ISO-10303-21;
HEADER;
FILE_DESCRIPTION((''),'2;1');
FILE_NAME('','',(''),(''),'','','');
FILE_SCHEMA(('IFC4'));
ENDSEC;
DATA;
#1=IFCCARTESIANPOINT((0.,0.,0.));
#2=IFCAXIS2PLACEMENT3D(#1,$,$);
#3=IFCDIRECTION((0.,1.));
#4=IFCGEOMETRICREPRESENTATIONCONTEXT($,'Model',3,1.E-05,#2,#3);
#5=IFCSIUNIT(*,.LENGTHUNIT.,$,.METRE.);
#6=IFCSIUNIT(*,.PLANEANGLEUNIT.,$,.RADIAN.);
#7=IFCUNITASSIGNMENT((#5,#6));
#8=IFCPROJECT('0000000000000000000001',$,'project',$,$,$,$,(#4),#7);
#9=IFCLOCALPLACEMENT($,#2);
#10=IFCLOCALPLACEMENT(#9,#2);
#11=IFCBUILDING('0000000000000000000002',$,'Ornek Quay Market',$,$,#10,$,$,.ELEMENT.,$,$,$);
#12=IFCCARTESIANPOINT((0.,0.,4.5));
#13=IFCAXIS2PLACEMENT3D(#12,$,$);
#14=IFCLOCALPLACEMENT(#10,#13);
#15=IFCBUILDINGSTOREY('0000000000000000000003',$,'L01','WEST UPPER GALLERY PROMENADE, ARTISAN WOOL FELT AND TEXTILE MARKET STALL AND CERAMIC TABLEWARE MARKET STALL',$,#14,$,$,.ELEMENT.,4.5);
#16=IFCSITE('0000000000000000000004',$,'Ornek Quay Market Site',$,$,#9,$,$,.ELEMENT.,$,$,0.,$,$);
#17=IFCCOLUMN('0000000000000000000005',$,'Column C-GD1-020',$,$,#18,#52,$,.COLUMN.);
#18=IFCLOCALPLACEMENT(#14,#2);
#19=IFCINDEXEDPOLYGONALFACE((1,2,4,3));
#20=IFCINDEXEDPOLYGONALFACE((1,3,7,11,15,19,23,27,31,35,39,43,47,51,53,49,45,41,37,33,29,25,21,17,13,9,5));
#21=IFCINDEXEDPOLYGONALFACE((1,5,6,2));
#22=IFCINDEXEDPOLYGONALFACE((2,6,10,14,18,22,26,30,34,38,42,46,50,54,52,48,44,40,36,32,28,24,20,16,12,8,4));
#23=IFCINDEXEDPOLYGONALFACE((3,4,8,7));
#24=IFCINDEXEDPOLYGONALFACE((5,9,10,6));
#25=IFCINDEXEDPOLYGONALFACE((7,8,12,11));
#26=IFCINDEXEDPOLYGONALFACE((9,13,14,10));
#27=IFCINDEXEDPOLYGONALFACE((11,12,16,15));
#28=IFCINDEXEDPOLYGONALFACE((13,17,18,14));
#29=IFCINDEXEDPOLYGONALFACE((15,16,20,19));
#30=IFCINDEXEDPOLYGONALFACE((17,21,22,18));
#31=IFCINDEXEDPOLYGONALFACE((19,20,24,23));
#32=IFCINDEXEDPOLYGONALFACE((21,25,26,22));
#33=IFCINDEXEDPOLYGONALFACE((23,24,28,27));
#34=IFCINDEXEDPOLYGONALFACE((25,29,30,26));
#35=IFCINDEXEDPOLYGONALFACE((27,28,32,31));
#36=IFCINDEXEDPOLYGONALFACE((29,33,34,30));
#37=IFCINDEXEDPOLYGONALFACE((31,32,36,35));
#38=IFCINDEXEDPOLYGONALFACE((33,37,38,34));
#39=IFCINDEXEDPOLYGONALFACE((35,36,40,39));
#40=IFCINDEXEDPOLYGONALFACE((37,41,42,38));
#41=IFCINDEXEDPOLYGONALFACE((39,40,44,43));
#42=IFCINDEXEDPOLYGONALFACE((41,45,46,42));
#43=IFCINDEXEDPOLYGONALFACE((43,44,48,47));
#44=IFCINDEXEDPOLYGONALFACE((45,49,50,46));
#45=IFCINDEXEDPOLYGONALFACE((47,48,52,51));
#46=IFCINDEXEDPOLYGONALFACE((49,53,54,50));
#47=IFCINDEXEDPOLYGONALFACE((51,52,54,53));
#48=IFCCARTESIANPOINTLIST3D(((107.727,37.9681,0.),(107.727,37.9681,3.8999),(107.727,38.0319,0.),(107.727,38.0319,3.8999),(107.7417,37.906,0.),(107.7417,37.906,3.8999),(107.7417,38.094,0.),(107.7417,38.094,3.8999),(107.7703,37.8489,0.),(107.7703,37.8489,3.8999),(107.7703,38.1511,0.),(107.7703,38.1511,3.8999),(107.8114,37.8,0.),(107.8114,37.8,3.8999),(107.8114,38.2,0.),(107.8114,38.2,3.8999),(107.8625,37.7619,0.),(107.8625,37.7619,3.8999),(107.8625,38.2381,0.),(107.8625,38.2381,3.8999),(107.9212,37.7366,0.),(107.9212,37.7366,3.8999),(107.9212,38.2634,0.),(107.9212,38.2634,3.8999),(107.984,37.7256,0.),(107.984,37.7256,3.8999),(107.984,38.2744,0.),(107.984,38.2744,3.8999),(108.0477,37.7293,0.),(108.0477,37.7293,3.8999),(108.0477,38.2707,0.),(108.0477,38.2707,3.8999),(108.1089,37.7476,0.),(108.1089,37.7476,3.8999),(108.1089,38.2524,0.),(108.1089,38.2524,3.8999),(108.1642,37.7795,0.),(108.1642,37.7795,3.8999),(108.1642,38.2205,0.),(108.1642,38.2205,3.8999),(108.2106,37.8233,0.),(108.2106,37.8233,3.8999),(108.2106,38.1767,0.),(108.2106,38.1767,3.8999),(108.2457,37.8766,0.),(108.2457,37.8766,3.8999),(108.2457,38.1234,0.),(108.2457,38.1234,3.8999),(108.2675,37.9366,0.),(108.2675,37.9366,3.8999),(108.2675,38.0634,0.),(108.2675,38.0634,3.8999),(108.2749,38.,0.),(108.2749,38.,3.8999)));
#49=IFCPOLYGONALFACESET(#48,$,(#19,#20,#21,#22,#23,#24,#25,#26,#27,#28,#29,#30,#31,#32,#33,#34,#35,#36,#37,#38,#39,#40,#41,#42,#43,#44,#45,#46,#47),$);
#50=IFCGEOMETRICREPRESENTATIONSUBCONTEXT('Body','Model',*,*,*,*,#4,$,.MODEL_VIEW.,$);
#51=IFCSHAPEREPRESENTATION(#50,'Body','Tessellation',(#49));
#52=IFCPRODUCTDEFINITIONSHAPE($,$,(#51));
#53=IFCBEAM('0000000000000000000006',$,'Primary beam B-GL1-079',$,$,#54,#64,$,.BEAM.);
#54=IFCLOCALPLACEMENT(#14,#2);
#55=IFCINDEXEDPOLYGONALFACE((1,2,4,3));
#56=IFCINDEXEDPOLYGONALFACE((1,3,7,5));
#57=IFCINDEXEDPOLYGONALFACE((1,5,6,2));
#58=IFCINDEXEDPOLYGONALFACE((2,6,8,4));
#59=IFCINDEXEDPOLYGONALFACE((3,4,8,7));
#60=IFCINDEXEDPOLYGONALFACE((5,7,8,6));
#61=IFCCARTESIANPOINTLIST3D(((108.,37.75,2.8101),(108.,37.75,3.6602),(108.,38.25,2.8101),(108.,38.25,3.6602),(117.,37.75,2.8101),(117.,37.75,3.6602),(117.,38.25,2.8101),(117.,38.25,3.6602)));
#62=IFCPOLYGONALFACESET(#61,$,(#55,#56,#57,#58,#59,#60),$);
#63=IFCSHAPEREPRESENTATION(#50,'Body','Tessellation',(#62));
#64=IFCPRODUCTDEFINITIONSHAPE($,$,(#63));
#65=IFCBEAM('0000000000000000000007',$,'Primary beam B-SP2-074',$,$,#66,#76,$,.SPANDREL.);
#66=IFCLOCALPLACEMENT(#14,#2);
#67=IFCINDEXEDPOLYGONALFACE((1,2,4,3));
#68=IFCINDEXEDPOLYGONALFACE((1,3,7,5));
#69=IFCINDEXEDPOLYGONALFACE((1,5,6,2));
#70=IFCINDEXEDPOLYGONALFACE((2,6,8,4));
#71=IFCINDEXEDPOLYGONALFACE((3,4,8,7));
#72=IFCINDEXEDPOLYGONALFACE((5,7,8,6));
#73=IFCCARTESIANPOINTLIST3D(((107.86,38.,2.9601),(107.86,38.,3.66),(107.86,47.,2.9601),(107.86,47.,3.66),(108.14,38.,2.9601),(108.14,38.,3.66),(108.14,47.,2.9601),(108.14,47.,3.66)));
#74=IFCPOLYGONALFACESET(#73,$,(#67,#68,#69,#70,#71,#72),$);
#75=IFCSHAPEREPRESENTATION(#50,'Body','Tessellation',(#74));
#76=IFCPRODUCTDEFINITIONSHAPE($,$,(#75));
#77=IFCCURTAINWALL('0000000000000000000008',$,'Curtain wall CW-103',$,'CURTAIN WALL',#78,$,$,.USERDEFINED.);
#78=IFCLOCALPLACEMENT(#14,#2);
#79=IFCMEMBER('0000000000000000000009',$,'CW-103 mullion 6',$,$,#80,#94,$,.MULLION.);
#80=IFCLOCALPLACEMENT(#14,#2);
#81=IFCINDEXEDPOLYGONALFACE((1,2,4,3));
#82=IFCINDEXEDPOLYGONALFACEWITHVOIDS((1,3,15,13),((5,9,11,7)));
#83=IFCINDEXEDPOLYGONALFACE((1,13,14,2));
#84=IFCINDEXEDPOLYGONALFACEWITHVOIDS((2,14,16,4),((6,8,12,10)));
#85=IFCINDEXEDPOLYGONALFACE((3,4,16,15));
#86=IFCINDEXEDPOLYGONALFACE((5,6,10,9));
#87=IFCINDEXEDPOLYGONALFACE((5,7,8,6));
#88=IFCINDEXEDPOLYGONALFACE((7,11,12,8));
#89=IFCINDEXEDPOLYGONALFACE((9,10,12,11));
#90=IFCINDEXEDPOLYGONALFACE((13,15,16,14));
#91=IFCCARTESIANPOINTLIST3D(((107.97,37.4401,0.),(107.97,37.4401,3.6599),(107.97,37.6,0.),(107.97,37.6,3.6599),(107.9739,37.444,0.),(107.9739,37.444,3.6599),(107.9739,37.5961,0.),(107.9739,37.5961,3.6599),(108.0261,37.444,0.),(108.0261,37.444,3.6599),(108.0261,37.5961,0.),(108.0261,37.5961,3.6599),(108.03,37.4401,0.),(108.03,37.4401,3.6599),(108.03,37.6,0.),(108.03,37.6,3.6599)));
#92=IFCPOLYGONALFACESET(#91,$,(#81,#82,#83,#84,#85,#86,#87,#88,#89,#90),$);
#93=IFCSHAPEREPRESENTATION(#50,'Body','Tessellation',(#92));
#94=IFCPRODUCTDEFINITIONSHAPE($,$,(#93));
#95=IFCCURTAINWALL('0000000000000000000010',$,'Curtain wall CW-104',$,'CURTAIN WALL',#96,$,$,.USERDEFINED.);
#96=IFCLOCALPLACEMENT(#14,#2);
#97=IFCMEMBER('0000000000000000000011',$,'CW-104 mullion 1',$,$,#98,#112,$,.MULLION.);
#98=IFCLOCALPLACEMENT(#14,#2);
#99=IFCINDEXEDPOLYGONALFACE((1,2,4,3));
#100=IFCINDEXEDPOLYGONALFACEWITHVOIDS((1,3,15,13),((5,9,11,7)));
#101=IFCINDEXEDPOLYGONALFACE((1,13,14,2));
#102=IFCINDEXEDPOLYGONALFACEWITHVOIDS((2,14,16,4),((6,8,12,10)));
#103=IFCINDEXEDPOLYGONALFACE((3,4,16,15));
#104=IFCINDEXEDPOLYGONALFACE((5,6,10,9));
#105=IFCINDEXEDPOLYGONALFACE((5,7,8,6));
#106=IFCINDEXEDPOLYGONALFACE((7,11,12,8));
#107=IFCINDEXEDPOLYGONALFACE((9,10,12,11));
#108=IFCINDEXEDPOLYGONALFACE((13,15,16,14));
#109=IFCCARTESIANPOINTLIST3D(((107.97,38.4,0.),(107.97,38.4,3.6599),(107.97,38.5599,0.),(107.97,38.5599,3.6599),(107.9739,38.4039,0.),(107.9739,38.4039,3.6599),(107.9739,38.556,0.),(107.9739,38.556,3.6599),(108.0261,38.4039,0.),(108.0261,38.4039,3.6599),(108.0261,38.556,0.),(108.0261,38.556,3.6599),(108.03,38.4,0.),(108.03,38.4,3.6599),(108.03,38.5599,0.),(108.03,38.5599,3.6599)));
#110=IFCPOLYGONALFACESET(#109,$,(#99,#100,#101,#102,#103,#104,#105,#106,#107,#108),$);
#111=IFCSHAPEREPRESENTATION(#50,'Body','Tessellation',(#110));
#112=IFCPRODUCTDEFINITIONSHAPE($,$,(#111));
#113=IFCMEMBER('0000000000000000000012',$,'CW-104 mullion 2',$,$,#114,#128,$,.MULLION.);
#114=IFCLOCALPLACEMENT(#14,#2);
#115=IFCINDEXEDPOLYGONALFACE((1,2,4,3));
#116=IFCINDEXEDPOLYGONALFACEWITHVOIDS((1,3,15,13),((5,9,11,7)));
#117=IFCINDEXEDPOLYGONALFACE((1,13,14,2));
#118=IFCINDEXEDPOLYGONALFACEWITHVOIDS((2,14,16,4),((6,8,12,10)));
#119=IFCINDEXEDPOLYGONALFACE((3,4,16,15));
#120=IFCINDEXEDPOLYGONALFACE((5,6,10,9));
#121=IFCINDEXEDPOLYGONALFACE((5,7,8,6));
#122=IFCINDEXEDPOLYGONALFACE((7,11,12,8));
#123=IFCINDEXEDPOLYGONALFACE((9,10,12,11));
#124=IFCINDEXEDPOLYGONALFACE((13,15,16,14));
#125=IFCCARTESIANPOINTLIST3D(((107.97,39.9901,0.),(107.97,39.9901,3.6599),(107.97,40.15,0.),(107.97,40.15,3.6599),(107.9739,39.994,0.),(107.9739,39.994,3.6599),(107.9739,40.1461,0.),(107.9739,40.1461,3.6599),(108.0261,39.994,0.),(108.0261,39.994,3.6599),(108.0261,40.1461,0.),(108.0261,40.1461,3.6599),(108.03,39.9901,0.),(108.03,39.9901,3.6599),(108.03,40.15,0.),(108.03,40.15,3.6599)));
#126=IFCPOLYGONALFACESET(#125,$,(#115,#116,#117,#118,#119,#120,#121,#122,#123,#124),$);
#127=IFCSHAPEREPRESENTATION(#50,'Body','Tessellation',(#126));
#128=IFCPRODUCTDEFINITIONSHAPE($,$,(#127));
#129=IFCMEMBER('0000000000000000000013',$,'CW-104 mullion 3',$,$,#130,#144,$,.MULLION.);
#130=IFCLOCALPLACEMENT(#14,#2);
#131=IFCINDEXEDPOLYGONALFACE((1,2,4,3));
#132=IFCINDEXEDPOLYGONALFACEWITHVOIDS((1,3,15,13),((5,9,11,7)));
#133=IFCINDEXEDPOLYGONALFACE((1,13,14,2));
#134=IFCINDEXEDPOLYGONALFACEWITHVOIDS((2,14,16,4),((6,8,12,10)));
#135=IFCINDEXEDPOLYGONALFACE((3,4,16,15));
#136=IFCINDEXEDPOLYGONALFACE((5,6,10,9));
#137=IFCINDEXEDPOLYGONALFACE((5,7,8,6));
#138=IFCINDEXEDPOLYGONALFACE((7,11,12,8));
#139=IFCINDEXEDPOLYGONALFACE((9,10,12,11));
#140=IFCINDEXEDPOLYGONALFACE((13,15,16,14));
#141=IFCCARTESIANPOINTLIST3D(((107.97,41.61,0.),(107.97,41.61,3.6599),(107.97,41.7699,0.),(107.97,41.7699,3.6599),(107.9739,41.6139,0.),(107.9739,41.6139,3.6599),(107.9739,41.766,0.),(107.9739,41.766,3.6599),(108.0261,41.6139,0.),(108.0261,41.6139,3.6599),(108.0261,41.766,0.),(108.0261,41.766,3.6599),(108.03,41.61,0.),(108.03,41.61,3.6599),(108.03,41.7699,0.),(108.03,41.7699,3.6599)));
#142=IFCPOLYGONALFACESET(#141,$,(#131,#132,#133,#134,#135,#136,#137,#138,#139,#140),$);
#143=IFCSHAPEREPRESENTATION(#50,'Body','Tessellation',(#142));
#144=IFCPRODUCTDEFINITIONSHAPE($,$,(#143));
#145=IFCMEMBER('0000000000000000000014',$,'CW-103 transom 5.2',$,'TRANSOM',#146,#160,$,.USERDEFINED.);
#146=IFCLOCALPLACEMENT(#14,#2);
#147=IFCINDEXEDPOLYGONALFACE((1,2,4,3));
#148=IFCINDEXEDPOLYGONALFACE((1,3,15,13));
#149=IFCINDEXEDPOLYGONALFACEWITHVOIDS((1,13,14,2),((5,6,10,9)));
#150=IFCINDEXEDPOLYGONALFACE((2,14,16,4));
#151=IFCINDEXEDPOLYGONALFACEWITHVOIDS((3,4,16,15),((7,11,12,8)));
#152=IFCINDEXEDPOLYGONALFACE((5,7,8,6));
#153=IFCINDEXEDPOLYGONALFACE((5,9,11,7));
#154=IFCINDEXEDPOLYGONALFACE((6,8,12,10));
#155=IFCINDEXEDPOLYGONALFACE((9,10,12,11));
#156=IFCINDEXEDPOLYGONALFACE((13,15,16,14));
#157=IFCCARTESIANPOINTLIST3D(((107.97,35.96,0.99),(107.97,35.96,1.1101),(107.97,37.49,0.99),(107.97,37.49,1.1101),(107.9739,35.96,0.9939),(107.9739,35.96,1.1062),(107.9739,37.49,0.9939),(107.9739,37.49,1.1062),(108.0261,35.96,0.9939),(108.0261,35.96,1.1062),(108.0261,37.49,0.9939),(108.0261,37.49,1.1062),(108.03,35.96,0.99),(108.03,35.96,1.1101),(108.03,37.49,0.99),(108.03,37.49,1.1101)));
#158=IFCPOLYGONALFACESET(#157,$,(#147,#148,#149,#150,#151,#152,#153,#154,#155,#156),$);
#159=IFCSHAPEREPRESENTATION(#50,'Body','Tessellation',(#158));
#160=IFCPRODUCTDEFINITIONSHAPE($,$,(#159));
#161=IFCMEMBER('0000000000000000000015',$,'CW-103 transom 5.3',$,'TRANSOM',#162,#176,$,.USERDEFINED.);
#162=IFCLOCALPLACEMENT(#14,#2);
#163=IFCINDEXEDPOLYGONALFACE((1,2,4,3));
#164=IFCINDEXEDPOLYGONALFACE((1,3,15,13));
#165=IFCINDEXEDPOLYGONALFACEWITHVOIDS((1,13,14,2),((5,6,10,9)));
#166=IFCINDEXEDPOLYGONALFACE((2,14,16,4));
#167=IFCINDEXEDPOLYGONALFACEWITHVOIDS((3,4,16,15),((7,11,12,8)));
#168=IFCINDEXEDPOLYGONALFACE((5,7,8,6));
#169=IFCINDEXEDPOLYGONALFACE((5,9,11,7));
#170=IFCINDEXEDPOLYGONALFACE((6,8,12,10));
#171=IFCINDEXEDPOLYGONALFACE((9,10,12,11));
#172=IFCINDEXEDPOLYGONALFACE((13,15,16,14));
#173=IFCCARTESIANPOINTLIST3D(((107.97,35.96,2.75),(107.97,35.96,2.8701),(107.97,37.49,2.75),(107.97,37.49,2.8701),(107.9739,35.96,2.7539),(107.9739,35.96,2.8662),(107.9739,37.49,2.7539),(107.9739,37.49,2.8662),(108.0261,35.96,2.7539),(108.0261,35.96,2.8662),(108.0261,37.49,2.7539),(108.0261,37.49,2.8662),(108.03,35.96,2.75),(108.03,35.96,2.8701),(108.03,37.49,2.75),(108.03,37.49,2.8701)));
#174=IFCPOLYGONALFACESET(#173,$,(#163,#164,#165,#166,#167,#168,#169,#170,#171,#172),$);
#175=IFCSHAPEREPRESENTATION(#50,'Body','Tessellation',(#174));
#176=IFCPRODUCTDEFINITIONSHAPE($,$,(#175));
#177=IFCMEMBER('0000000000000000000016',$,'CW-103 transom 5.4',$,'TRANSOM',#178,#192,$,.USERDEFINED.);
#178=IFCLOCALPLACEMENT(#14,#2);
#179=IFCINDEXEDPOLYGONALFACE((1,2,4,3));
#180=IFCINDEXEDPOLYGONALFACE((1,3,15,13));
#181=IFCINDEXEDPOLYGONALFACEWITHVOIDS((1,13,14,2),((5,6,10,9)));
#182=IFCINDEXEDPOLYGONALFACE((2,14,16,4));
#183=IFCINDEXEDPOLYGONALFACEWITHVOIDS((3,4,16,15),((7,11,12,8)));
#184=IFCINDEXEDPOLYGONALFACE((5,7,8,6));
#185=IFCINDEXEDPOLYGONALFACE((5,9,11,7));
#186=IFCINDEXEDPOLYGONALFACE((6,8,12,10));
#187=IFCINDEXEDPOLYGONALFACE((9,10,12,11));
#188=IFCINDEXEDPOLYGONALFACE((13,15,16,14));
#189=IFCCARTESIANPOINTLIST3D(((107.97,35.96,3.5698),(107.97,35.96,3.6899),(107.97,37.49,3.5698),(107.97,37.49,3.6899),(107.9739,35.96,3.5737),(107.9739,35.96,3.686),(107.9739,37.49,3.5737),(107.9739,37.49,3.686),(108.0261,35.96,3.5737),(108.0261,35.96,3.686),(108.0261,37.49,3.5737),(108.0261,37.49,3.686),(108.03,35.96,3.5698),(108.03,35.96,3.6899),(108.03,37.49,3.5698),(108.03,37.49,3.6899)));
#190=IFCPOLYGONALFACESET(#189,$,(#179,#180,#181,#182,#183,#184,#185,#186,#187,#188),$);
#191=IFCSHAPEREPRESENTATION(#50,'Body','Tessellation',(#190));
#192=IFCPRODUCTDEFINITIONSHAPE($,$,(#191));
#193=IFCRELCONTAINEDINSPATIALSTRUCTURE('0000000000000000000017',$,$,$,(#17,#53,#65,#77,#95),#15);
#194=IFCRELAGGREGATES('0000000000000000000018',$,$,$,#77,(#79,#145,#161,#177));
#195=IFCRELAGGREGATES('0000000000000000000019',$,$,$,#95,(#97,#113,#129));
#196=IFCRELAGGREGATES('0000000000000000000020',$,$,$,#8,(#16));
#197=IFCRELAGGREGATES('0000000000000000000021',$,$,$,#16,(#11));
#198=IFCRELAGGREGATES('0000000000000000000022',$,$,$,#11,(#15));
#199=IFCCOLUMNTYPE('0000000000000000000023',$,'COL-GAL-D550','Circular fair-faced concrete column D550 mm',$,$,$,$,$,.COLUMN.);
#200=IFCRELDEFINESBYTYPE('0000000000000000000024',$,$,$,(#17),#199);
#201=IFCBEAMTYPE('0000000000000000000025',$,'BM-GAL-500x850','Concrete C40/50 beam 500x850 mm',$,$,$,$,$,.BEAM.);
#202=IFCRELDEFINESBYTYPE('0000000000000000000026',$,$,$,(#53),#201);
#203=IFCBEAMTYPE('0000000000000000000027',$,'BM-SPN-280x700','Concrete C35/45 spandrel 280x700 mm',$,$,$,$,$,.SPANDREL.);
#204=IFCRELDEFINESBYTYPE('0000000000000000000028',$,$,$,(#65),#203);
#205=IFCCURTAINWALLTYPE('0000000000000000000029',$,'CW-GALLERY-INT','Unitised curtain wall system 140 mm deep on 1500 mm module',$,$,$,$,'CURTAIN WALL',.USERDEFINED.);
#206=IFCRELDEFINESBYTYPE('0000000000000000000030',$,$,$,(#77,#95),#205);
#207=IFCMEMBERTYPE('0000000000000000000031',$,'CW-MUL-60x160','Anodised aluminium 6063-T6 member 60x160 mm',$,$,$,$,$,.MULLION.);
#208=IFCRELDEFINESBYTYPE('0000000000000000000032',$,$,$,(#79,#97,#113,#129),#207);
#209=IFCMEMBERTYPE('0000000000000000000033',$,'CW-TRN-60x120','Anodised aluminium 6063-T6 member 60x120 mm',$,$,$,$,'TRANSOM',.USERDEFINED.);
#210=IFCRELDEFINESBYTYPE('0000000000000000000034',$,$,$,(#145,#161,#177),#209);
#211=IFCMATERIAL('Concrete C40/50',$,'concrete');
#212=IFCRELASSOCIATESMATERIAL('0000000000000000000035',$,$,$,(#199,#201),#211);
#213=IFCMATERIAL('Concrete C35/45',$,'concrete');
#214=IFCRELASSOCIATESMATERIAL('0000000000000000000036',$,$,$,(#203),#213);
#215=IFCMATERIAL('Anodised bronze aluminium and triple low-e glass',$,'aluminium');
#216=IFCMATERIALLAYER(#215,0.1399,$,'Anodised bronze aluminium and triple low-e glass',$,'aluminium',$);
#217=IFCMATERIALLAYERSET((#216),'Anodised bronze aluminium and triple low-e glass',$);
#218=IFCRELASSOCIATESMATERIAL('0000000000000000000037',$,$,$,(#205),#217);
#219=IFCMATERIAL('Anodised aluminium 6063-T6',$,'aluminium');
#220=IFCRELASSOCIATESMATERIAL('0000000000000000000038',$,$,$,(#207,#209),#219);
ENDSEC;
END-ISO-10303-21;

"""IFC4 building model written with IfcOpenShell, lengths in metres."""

from ifc_helpers import new_model, si_unit, direction, frame, origin, origin_2d, place, context, subcontext, project, spatial, rectangle, hollow_rectangle, circle, extrude, material, layer, layer_set, material_profile, profile_set, type_object, element, aggregate, save


model = new_model("IFC4")

# Units and contexts
model_context = context("Model", 3, precision=1e-05, world=origin(), true_north=direction((0.0, 1.0)))
body_context = subcontext(model_context, "Body", "Model", "MODEL_VIEW")
ifc_project = project(units=[si_unit("LENGTHUNIT", "METRE"), si_unit("PLANEANGLEUNIT", "RADIAN")], contexts=[model_context])

# Site, building, storey
site_placement = place(None, origin())
site = spatial("IfcSite", under=ifc_project, at=site_placement, Name="Ornek Quay Market Site", CompositionType="ELEMENT", RefElevation=0.0)
building_placement = place(site_placement, origin())
building = spatial("IfcBuilding", under=site, at=building_placement, Name="Ornek Quay Market", CompositionType="ELEMENT")
storey_placement = place(building_placement, frame((0.0, 0.0, 4.5)))
storey = spatial("IfcBuildingStorey", under=building, at=storey_placement, Name="L01", Description="WEST UPPER GALLERY PROMENADE, ARTISAN WOOL FELT AND TEXTILE MARKET STALL AND CERAMIC TABLEWARE MARKET STALL", CompositionType="ELEMENT", Elevation=4.5)

# Column
ifc_material_1 = material(Name="Concrete C40/50", Category="concrete")
ifc_material_profile_1 = material_profile(ifc_material_1, circle(Radius=0.2749, at=origin_2d()), Name="RC D550", Category="concrete")
ifc_profile_set_1 = profile_set([ifc_material_profile_1], Name="Concrete C40/50")
column_type = type_object("IfcColumnType", Name="COL-GAL-D550", Description="Circular fair-faced concrete column D550 mm", PredefinedType="COLUMN", material=ifc_profile_set_1)
column_placement = place(storey_placement, frame((108.0, 38.0, 0.0), z_axis=(0.0, 0.0, 1.0), x_axis=(1.0, 0.0, 0.0)))
element("IfcColumn", 1, at=column_placement, inside=storey, type_object=column_type, Name="Column C-GD1-020", PredefinedType="COLUMN", context=body_context, shape_type="SweptSolid", body=[
    extrude(circle(Radius=0.2749, at=origin_2d()), origin(), (0.0, 0.0, 1.0), 3.8999),
])

# Beams
ifc_material_profile_2 = material_profile(ifc_material_1, rectangle(XDim=0.5, YDim=0.8501, at=origin_2d()), Name="RC 500x850", Category="concrete")
ifc_profile_set_2 = profile_set([ifc_material_profile_2], Name="Concrete C40/50")
beam_type_1 = type_object("IfcBeamType", Name="BM-GAL-500x850", Description="Concrete C40/50 beam 500x850 mm", PredefinedType="BEAM", material=ifc_profile_set_2)
beam_1_placement = place(storey_placement, frame((108.0, 38.0, 3.2351), z_axis=(1.0, 0.0, 0.0), x_axis=(0.0, 1.0, 0.0)))
element("IfcBeam", 2, at=beam_1_placement, inside=storey, type_object=beam_type_1, Name="Primary beam B-GL1-079", PredefinedType="BEAM", context=body_context, shape_type="SweptSolid", body=[
    extrude(rectangle(XDim=0.5, YDim=0.8501, at=origin_2d()), origin(), (0.0, 0.0, 1.0), 9.0),
])
ifc_material_2 = material(Name="Concrete C35/45", Category="concrete")
ifc_material_profile_3 = material_profile(ifc_material_2, rectangle(XDim=0.28, YDim=0.7, at=origin_2d()), Name="RC 280x700", Category="concrete")
ifc_profile_set_3 = profile_set([ifc_material_profile_3], Name="Concrete C35/45")
beam_type_2 = type_object("IfcBeamType", Name="BM-SPN-280x700", Description="Concrete C35/45 spandrel 280x700 mm", PredefinedType="SPANDREL", material=ifc_profile_set_3)
beam_2_placement = place(storey_placement, frame((108.0, 38.0, 3.3101), z_axis=(0.0, 1.0, 0.0), x_axis=(-1.0, 0.0, 0.0)))
element("IfcBeam", 3, at=beam_2_placement, inside=storey, type_object=beam_type_2, Name="Primary beam B-SP2-074", PredefinedType="SPANDREL", context=body_context, shape_type="SweptSolid", body=[
    extrude(rectangle(XDim=0.28, YDim=0.7, at=origin_2d()), origin(), (0.0, 0.0, 1.0), 9.0),
])

# Curtain wall, member
ifc_material_3 = material(Name="Anodised bronze aluminium and triple low-e glass", Category="aluminium")
ifc_layer_1 = layer(ifc_material_3, 0.1399, Name="Anodised bronze aluminium and triple low-e glass", Category="aluminium")
ifc_layer_set_1 = layer_set([ifc_layer_1], Name="Anodised bronze aluminium and triple low-e glass")
curtain_wall_type = type_object("IfcCurtainWallType", Name="CW-GALLERY-INT", Description="Unitised curtain wall system 140 mm deep on 1500 mm module", ElementType="CURTAIN WALL", PredefinedType="USERDEFINED", material=ifc_layer_set_1)
curtain_wall_1_placement = place(storey_placement, origin())
curtain_wall_1 = element("IfcCurtainWall", 4, at=curtain_wall_1_placement, inside=storey, type_object=curtain_wall_type, Name="Curtain wall CW-103", ObjectType="CURTAIN WALL", PredefinedType="USERDEFINED")
ifc_material_4 = material(Name="Anodised aluminium 6063-T6", Category="aluminium")
ifc_material_profile_4 = material_profile(ifc_material_4, hollow_rectangle(XDim=0.0601, YDim=0.1599, WallThickness=0.0039, at=origin_2d()), Name="CW-MUL-60x160", Category="aluminium")
ifc_profile_set_4 = profile_set([ifc_material_profile_4], Name="Anodised aluminium 6063-T6")
member_type_1 = type_object("IfcMemberType", Name="CW-MUL-60x160", Description="Anodised aluminium 6063-T6 member 60x160 mm", PredefinedType="MULLION", material=ifc_profile_set_4)
member_1_placement = place(storey_placement, frame((108.0, 37.52, 0.0), z_axis=(0.0, 0.0, 1.0), x_axis=(-1.0, 0.0, 0.0)))
member_1 = element("IfcMember", 5, at=member_1_placement, type_object=member_type_1, Name="CW-103 mullion 6", PredefinedType="MULLION", context=body_context, shape_type="SweptSolid", body=[
    extrude(hollow_rectangle(XDim=0.0601, YDim=0.1599, WallThickness=0.0039, at=origin_2d()), origin(), (0.0, 0.0, 1.0), 3.6599),
])

# Curtain wall, members
curtain_wall_2_placement = place(storey_placement, origin())
curtain_wall_2 = element("IfcCurtainWall", 6, at=curtain_wall_2_placement, inside=storey, type_object=curtain_wall_type, Name="Curtain wall CW-104", ObjectType="CURTAIN WALL", PredefinedType="USERDEFINED")
member_2_placement = place(storey_placement, frame((108.0, 38.48, 0.0), z_axis=(0.0, 0.0, 1.0), x_axis=(-1.0, 0.0, 0.0)))
member_2 = element("IfcMember", 7, at=member_2_placement, type_object=member_type_1, Name="CW-104 mullion 1", PredefinedType="MULLION", context=body_context, shape_type="SweptSolid", body=[
    extrude(hollow_rectangle(XDim=0.0601, YDim=0.1599, WallThickness=0.0039, at=origin_2d()), origin(), (0.0, 0.0, 1.0), 3.6599),
])
member_3_placement = place(storey_placement, frame((108.0, 40.0701, 0.0), z_axis=(0.0, 0.0, 1.0), x_axis=(-1.0, 0.0, 0.0)))
member_3 = element("IfcMember", 8, at=member_3_placement, type_object=member_type_1, Name="CW-104 mullion 2", PredefinedType="MULLION", context=body_context, shape_type="SweptSolid", body=[
    extrude(hollow_rectangle(XDim=0.0601, YDim=0.1599, WallThickness=0.0039, at=origin_2d()), origin(), (0.0, 0.0, 1.0), 3.6599),
])
member_4_placement = place(storey_placement, frame((108.0, 41.6899, 0.0), z_axis=(0.0, 0.0, 1.0), x_axis=(-1.0, 0.0, 0.0)))
member_4 = element("IfcMember", 9, at=member_4_placement, type_object=member_type_1, Name="CW-104 mullion 3", PredefinedType="MULLION", context=body_context, shape_type="SweptSolid", body=[
    extrude(hollow_rectangle(XDim=0.0601, YDim=0.1599, WallThickness=0.0039, at=origin_2d()), origin(), (0.0, 0.0, 1.0), 3.6599),
])

# Members
ifc_material_profile_5 = material_profile(ifc_material_4, hollow_rectangle(XDim=0.0601, YDim=0.1201, WallThickness=0.0039, at=origin_2d()), Name="CW-TRN-60x120", Category="aluminium")
ifc_profile_set_5 = profile_set([ifc_material_profile_5], Name="Anodised aluminium 6063-T6")
member_type_2 = type_object("IfcMemberType", Name="CW-TRN-60x120", Description="Anodised aluminium 6063-T6 member 60x120 mm", ElementType="TRANSOM", PredefinedType="USERDEFINED", material=ifc_profile_set_5)
member_5_placement = place(storey_placement, frame((108.0, 35.96, 1.05), z_axis=(0.0, 1.0, 0.0), x_axis=(-1.0, 0.0, 0.0)))
member_5 = element("IfcMember", 10, at=member_5_placement, type_object=member_type_2, Name="CW-103 transom 5.2", ObjectType="TRANSOM", PredefinedType="USERDEFINED", context=body_context, shape_type="SweptSolid", body=[
    extrude(hollow_rectangle(XDim=0.0601, YDim=0.1201, WallThickness=0.0039, at=origin_2d()), origin(), (0.0, 0.0, 1.0), 1.53),
])
member_6_placement = place(storey_placement, frame((108.0, 35.96, 2.8101), z_axis=(0.0, 1.0, 0.0), x_axis=(-1.0, 0.0, 0.0)))
member_6 = element("IfcMember", 11, at=member_6_placement, type_object=member_type_2, Name="CW-103 transom 5.3", ObjectType="TRANSOM", PredefinedType="USERDEFINED", context=body_context, shape_type="SweptSolid", body=[
    extrude(hollow_rectangle(XDim=0.0601, YDim=0.1201, WallThickness=0.0039, at=origin_2d()), origin(), (0.0, 0.0, 1.0), 1.53),
])
member_7_placement = place(storey_placement, frame((108.0, 35.96, 3.6299), z_axis=(0.0, 1.0, 0.0), x_axis=(-1.0, 0.0, 0.0)))
member_7 = element("IfcMember", 12, at=member_7_placement, type_object=member_type_2, Name="CW-103 transom 5.4", ObjectType="TRANSOM", PredefinedType="USERDEFINED", context=body_context, shape_type="SweptSolid", body=[
    extrude(hollow_rectangle(XDim=0.0601, YDim=0.1201, WallThickness=0.0039, at=origin_2d()), origin(), (0.0, 0.0, 1.0), 1.53),
])

aggregate(curtain_wall_1, [member_1, member_5, member_6, member_7])
aggregate(curtain_wall_2, [member_2, member_3, member_4])

save(model, "model.ifc")
